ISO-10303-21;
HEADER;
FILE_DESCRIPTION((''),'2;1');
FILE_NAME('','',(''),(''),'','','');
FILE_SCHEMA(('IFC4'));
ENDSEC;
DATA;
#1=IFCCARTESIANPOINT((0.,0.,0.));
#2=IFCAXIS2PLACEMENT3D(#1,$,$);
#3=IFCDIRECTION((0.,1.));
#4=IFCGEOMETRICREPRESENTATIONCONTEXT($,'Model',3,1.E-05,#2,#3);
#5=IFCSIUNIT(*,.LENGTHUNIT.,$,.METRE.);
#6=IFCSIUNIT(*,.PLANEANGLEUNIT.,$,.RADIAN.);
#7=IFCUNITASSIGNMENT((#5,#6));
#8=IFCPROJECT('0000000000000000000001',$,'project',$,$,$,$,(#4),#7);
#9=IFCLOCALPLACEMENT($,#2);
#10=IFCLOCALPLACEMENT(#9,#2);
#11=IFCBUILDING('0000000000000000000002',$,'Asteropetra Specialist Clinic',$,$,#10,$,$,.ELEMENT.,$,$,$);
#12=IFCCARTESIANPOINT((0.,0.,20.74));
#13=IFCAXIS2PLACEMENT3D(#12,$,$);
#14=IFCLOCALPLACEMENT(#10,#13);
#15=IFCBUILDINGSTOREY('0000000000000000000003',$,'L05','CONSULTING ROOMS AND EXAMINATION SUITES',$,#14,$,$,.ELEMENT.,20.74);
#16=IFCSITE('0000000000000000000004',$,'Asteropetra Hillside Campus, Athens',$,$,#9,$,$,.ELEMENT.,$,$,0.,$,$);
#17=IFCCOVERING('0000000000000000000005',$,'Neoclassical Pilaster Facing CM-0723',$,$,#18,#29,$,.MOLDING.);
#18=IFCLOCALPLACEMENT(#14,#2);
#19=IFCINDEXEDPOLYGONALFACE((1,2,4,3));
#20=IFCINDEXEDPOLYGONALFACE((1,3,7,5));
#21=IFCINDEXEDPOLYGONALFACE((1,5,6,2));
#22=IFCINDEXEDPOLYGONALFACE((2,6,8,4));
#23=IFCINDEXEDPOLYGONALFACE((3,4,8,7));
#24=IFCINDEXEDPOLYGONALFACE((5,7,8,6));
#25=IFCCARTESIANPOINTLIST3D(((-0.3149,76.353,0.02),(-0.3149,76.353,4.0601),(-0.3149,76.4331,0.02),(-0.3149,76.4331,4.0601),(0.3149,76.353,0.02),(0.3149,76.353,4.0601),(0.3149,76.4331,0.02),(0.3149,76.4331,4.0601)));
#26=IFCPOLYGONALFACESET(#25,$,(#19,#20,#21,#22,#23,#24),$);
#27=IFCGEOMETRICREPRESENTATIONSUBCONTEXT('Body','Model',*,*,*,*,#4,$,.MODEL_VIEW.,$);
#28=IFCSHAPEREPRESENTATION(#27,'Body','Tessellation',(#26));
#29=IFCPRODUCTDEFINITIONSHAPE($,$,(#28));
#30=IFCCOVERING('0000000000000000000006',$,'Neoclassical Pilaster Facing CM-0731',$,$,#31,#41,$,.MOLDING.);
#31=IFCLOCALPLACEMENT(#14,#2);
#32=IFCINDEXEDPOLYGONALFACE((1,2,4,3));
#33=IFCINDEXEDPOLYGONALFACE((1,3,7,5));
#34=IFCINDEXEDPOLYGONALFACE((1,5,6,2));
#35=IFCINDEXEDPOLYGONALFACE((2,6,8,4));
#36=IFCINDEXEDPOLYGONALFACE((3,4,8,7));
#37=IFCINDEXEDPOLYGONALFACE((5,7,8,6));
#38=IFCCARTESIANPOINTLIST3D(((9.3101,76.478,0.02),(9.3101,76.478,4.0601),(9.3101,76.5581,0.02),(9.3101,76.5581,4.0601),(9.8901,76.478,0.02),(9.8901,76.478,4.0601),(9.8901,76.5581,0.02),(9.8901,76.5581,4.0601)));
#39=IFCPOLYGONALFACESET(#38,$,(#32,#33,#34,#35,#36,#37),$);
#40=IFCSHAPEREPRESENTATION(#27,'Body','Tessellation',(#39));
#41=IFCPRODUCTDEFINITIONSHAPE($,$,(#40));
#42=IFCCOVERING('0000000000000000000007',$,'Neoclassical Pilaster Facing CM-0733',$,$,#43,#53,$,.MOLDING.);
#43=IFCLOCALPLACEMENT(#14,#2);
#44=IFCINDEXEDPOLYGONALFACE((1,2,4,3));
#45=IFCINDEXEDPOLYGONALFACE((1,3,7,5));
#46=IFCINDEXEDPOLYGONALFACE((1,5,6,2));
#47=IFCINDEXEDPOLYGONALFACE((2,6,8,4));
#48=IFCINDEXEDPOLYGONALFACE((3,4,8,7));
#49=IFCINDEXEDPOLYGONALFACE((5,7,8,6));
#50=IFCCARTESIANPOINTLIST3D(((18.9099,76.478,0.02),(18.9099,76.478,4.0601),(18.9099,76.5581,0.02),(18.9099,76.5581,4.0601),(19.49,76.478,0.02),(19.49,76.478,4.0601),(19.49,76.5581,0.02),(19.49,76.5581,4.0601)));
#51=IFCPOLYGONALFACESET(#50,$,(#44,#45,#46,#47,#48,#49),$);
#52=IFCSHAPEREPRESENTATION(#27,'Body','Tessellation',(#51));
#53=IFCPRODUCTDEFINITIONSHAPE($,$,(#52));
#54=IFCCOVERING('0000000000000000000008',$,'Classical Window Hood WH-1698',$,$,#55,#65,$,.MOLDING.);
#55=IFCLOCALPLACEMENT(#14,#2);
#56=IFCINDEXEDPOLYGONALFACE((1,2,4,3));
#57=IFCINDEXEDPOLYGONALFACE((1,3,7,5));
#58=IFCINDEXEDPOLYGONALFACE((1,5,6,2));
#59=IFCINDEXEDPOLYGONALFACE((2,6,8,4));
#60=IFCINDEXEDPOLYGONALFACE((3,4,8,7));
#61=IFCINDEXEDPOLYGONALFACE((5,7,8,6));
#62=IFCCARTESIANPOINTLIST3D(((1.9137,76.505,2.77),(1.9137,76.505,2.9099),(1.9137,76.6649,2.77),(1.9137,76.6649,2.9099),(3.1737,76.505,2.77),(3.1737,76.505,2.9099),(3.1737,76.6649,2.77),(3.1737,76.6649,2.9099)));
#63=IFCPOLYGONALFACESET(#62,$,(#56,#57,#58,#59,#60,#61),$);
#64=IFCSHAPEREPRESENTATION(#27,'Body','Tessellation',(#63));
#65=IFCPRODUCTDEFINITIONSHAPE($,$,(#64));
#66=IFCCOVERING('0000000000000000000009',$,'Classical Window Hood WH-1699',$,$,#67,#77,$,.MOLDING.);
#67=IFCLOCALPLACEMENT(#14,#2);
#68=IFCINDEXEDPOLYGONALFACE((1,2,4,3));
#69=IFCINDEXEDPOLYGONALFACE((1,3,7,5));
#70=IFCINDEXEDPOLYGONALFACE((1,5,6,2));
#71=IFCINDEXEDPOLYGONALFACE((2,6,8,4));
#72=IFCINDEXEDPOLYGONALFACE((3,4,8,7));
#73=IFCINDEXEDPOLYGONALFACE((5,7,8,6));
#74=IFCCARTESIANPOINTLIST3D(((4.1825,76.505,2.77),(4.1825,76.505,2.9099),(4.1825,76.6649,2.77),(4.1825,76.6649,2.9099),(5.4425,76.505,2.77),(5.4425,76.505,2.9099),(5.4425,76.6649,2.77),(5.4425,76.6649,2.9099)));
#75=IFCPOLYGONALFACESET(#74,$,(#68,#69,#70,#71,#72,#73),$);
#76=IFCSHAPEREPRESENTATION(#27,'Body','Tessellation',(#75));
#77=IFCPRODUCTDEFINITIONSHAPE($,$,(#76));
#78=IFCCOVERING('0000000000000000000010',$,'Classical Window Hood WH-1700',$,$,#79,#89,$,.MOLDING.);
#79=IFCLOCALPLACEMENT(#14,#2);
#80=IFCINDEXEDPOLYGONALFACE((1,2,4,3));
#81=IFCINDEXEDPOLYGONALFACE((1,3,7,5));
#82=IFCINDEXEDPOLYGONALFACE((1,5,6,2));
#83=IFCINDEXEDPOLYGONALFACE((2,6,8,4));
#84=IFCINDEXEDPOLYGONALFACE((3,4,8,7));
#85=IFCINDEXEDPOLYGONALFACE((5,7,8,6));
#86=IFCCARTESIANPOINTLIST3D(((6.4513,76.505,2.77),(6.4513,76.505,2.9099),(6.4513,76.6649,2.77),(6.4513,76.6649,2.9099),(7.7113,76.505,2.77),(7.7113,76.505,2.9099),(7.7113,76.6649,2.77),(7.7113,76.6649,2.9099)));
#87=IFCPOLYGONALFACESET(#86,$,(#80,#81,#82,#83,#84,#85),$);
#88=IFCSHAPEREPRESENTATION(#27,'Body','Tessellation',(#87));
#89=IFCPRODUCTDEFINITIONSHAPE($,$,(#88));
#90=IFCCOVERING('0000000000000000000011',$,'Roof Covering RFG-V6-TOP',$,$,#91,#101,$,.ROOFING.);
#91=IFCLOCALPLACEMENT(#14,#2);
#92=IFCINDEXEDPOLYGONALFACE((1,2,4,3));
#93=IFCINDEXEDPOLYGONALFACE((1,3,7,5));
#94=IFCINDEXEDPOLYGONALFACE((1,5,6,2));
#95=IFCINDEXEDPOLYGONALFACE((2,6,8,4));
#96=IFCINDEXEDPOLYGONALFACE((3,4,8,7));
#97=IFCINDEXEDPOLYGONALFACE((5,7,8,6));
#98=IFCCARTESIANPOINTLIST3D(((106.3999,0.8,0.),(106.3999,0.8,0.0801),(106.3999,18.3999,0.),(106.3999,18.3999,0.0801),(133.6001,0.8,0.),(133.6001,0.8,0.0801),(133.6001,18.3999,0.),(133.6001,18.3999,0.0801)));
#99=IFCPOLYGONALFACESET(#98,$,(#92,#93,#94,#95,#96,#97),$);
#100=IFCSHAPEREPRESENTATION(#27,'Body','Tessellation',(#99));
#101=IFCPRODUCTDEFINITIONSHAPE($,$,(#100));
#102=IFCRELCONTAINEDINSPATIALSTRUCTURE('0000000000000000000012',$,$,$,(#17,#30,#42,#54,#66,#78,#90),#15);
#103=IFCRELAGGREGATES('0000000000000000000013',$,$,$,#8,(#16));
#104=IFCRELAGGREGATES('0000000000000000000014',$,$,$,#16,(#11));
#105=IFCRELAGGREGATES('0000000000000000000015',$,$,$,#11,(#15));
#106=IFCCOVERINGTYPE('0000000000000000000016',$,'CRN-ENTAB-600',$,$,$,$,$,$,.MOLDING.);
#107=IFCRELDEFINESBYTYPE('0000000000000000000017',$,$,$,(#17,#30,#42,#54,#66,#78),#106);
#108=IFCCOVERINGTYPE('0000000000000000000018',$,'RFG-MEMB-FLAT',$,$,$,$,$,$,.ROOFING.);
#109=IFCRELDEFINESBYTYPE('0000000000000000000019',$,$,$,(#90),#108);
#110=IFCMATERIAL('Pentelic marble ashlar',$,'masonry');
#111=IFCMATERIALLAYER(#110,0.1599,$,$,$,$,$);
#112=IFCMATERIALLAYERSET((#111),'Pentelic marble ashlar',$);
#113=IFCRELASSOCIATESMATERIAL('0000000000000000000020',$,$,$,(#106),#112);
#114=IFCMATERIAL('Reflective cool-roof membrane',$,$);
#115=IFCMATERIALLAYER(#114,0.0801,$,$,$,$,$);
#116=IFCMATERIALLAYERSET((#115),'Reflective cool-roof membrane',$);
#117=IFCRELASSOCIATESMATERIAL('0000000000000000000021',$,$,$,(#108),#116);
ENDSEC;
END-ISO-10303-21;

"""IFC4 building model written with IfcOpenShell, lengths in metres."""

from ifc_helpers import new_model, si_unit, direction, frame, origin, origin_2d, place, context, subcontext, project, spatial, polyline, rectangle, outline, extrude, material, layer, layer_set, type_object, element, save


model = new_model("IFC4")

# Units and contexts
model_context = context("Model", 3, precision=1e-05, world=origin(), true_north=direction((0.0, 1.0)))
body_context = subcontext(model_context, "Body", "Model", "MODEL_VIEW")
ifc_project = project(units=[si_unit("LENGTHUNIT", "METRE"), si_unit("PLANEANGLEUNIT", "RADIAN")], contexts=[model_context])

# Site, building, storey
site_placement = place(None, origin())
site = spatial("IfcSite", under=ifc_project, at=site_placement, Name="Asteropetra Hillside Campus, Athens", CompositionType="ELEMENT", RefElevation=0.0)
building_placement = place(site_placement, origin())
building = spatial("IfcBuilding", under=site, at=building_placement, Name="Asteropetra Specialist Clinic", CompositionType="ELEMENT")
storey_placement = place(building_placement, frame((0.0, 0.0, 20.74)))
storey = spatial("IfcBuildingStorey", under=building, at=storey_placement, Name="L05", Description="CONSULTING ROOMS AND EXAMINATION SUITES", CompositionType="ELEMENT", Elevation=20.74)

# Coverings
ifc_material_1 = material(Name="Pentelic marble ashlar", Category="masonry")
ifc_layer_1 = layer(ifc_material_1, 0.1599)
ifc_layer_set_1 = layer_set([ifc_layer_1], Name="Pentelic marble ashlar")
covering_type_1 = type_object("IfcCoveringType", Name="CRN-ENTAB-600", PredefinedType="MOLDING", material=ifc_layer_set_1)
covering_1_placement = place(storey_placement, frame((0.0, 76.3931, 0.02), z_axis=(0.0, 0.0, 1.0), x_axis=(1.0, 0.0, 0.0)))
element("IfcCovering", 1, at=covering_1_placement, inside=storey, type_object=covering_type_1, Name="Neoclassical Pilaster Facing CM-0723", PredefinedType="MOLDING", context=body_context, shape_type="SweptSolid", body=[
    extrude(rectangle(XDim=0.6299, YDim=0.0801, at=origin_2d()), origin(), (0.0, 0.0, 1.0), 4.04),
])
for number, where, z_axis, x_axis, name in (
    (2, (9.6001, 76.5181, 0.02), (0.0, 0.0, 1.0), (1.0, 0.0, 0.0), "Neoclassical Pilaster Facing CM-0731"),
    (3, (19.2, 76.5181, 0.02), (0.0, 0.0, 1.0), (1.0, 0.0, 0.0), "Neoclassical Pilaster Facing CM-0733"),
):
    element("IfcCovering", number, at=place(storey_placement, frame(where, z_axis=z_axis, x_axis=x_axis)), inside=storey, type_object=covering_type_1, Name=name, PredefinedType="MOLDING", context=body_context, shape_type="SweptSolid", body=[
        extrude(rectangle(XDim=0.5801, YDim=0.0801, at=origin_2d()), origin(), (0.0, 0.0, 1.0), 4.04),
    ])
for number, where, z_axis, x_axis, name in (
    (4, (2.5437, 76.585, 2.77), (0.0, 0.0, 1.0), (1.0, 0.0, 0.0), "Classical Window Hood WH-1698"),
    (5, (4.8125, 76.585, 2.77), (0.0, 0.0, 1.0), (1.0, 0.0, 0.0), "Classical Window Hood WH-1699"),
    (6, (7.0813, 76.585, 2.77), (0.0, 0.0, 1.0), (1.0, 0.0, 0.0), "Classical Window Hood WH-1700"),
):
    element("IfcCovering", number, at=place(storey_placement, frame(where, z_axis=z_axis, x_axis=x_axis)), inside=storey, type_object=covering_type_1, Name=name, PredefinedType="MOLDING", context=body_context, shape_type="SweptSolid", body=[
        extrude(rectangle(XDim=1.26, YDim=0.1599, at=origin_2d()), origin(), (0.0, 0.0, 1.0), 0.1399),
    ])
ifc_material_2 = material(Name="Reflective cool-roof membrane")
ifc_layer_2 = layer(ifc_material_2, 0.0801)
ifc_layer_set_2 = layer_set([ifc_layer_2], Name="Reflective cool-roof membrane")
covering_type_2 = type_object("IfcCoveringType", Name="RFG-MEMB-FLAT", PredefinedType="ROOFING", material=ifc_layer_set_2)
covering_2_placement = place(storey_placement, origin())
element("IfcCovering", 7, at=covering_2_placement, inside=storey, type_object=covering_type_2, Name="Roof Covering RFG-V6-TOP", PredefinedType="ROOFING", context=body_context, shape_type="SweptSolid", body=[
    extrude(outline(polyline([(106.3999, 0.8), (133.6001, 0.8), (133.6001, 18.3999), (106.3999, 18.3999), (106.3999, 0.8)])), origin(), (0.0, 0.0, 1.0), 0.0801),
])

save(model, "model.ifc")
